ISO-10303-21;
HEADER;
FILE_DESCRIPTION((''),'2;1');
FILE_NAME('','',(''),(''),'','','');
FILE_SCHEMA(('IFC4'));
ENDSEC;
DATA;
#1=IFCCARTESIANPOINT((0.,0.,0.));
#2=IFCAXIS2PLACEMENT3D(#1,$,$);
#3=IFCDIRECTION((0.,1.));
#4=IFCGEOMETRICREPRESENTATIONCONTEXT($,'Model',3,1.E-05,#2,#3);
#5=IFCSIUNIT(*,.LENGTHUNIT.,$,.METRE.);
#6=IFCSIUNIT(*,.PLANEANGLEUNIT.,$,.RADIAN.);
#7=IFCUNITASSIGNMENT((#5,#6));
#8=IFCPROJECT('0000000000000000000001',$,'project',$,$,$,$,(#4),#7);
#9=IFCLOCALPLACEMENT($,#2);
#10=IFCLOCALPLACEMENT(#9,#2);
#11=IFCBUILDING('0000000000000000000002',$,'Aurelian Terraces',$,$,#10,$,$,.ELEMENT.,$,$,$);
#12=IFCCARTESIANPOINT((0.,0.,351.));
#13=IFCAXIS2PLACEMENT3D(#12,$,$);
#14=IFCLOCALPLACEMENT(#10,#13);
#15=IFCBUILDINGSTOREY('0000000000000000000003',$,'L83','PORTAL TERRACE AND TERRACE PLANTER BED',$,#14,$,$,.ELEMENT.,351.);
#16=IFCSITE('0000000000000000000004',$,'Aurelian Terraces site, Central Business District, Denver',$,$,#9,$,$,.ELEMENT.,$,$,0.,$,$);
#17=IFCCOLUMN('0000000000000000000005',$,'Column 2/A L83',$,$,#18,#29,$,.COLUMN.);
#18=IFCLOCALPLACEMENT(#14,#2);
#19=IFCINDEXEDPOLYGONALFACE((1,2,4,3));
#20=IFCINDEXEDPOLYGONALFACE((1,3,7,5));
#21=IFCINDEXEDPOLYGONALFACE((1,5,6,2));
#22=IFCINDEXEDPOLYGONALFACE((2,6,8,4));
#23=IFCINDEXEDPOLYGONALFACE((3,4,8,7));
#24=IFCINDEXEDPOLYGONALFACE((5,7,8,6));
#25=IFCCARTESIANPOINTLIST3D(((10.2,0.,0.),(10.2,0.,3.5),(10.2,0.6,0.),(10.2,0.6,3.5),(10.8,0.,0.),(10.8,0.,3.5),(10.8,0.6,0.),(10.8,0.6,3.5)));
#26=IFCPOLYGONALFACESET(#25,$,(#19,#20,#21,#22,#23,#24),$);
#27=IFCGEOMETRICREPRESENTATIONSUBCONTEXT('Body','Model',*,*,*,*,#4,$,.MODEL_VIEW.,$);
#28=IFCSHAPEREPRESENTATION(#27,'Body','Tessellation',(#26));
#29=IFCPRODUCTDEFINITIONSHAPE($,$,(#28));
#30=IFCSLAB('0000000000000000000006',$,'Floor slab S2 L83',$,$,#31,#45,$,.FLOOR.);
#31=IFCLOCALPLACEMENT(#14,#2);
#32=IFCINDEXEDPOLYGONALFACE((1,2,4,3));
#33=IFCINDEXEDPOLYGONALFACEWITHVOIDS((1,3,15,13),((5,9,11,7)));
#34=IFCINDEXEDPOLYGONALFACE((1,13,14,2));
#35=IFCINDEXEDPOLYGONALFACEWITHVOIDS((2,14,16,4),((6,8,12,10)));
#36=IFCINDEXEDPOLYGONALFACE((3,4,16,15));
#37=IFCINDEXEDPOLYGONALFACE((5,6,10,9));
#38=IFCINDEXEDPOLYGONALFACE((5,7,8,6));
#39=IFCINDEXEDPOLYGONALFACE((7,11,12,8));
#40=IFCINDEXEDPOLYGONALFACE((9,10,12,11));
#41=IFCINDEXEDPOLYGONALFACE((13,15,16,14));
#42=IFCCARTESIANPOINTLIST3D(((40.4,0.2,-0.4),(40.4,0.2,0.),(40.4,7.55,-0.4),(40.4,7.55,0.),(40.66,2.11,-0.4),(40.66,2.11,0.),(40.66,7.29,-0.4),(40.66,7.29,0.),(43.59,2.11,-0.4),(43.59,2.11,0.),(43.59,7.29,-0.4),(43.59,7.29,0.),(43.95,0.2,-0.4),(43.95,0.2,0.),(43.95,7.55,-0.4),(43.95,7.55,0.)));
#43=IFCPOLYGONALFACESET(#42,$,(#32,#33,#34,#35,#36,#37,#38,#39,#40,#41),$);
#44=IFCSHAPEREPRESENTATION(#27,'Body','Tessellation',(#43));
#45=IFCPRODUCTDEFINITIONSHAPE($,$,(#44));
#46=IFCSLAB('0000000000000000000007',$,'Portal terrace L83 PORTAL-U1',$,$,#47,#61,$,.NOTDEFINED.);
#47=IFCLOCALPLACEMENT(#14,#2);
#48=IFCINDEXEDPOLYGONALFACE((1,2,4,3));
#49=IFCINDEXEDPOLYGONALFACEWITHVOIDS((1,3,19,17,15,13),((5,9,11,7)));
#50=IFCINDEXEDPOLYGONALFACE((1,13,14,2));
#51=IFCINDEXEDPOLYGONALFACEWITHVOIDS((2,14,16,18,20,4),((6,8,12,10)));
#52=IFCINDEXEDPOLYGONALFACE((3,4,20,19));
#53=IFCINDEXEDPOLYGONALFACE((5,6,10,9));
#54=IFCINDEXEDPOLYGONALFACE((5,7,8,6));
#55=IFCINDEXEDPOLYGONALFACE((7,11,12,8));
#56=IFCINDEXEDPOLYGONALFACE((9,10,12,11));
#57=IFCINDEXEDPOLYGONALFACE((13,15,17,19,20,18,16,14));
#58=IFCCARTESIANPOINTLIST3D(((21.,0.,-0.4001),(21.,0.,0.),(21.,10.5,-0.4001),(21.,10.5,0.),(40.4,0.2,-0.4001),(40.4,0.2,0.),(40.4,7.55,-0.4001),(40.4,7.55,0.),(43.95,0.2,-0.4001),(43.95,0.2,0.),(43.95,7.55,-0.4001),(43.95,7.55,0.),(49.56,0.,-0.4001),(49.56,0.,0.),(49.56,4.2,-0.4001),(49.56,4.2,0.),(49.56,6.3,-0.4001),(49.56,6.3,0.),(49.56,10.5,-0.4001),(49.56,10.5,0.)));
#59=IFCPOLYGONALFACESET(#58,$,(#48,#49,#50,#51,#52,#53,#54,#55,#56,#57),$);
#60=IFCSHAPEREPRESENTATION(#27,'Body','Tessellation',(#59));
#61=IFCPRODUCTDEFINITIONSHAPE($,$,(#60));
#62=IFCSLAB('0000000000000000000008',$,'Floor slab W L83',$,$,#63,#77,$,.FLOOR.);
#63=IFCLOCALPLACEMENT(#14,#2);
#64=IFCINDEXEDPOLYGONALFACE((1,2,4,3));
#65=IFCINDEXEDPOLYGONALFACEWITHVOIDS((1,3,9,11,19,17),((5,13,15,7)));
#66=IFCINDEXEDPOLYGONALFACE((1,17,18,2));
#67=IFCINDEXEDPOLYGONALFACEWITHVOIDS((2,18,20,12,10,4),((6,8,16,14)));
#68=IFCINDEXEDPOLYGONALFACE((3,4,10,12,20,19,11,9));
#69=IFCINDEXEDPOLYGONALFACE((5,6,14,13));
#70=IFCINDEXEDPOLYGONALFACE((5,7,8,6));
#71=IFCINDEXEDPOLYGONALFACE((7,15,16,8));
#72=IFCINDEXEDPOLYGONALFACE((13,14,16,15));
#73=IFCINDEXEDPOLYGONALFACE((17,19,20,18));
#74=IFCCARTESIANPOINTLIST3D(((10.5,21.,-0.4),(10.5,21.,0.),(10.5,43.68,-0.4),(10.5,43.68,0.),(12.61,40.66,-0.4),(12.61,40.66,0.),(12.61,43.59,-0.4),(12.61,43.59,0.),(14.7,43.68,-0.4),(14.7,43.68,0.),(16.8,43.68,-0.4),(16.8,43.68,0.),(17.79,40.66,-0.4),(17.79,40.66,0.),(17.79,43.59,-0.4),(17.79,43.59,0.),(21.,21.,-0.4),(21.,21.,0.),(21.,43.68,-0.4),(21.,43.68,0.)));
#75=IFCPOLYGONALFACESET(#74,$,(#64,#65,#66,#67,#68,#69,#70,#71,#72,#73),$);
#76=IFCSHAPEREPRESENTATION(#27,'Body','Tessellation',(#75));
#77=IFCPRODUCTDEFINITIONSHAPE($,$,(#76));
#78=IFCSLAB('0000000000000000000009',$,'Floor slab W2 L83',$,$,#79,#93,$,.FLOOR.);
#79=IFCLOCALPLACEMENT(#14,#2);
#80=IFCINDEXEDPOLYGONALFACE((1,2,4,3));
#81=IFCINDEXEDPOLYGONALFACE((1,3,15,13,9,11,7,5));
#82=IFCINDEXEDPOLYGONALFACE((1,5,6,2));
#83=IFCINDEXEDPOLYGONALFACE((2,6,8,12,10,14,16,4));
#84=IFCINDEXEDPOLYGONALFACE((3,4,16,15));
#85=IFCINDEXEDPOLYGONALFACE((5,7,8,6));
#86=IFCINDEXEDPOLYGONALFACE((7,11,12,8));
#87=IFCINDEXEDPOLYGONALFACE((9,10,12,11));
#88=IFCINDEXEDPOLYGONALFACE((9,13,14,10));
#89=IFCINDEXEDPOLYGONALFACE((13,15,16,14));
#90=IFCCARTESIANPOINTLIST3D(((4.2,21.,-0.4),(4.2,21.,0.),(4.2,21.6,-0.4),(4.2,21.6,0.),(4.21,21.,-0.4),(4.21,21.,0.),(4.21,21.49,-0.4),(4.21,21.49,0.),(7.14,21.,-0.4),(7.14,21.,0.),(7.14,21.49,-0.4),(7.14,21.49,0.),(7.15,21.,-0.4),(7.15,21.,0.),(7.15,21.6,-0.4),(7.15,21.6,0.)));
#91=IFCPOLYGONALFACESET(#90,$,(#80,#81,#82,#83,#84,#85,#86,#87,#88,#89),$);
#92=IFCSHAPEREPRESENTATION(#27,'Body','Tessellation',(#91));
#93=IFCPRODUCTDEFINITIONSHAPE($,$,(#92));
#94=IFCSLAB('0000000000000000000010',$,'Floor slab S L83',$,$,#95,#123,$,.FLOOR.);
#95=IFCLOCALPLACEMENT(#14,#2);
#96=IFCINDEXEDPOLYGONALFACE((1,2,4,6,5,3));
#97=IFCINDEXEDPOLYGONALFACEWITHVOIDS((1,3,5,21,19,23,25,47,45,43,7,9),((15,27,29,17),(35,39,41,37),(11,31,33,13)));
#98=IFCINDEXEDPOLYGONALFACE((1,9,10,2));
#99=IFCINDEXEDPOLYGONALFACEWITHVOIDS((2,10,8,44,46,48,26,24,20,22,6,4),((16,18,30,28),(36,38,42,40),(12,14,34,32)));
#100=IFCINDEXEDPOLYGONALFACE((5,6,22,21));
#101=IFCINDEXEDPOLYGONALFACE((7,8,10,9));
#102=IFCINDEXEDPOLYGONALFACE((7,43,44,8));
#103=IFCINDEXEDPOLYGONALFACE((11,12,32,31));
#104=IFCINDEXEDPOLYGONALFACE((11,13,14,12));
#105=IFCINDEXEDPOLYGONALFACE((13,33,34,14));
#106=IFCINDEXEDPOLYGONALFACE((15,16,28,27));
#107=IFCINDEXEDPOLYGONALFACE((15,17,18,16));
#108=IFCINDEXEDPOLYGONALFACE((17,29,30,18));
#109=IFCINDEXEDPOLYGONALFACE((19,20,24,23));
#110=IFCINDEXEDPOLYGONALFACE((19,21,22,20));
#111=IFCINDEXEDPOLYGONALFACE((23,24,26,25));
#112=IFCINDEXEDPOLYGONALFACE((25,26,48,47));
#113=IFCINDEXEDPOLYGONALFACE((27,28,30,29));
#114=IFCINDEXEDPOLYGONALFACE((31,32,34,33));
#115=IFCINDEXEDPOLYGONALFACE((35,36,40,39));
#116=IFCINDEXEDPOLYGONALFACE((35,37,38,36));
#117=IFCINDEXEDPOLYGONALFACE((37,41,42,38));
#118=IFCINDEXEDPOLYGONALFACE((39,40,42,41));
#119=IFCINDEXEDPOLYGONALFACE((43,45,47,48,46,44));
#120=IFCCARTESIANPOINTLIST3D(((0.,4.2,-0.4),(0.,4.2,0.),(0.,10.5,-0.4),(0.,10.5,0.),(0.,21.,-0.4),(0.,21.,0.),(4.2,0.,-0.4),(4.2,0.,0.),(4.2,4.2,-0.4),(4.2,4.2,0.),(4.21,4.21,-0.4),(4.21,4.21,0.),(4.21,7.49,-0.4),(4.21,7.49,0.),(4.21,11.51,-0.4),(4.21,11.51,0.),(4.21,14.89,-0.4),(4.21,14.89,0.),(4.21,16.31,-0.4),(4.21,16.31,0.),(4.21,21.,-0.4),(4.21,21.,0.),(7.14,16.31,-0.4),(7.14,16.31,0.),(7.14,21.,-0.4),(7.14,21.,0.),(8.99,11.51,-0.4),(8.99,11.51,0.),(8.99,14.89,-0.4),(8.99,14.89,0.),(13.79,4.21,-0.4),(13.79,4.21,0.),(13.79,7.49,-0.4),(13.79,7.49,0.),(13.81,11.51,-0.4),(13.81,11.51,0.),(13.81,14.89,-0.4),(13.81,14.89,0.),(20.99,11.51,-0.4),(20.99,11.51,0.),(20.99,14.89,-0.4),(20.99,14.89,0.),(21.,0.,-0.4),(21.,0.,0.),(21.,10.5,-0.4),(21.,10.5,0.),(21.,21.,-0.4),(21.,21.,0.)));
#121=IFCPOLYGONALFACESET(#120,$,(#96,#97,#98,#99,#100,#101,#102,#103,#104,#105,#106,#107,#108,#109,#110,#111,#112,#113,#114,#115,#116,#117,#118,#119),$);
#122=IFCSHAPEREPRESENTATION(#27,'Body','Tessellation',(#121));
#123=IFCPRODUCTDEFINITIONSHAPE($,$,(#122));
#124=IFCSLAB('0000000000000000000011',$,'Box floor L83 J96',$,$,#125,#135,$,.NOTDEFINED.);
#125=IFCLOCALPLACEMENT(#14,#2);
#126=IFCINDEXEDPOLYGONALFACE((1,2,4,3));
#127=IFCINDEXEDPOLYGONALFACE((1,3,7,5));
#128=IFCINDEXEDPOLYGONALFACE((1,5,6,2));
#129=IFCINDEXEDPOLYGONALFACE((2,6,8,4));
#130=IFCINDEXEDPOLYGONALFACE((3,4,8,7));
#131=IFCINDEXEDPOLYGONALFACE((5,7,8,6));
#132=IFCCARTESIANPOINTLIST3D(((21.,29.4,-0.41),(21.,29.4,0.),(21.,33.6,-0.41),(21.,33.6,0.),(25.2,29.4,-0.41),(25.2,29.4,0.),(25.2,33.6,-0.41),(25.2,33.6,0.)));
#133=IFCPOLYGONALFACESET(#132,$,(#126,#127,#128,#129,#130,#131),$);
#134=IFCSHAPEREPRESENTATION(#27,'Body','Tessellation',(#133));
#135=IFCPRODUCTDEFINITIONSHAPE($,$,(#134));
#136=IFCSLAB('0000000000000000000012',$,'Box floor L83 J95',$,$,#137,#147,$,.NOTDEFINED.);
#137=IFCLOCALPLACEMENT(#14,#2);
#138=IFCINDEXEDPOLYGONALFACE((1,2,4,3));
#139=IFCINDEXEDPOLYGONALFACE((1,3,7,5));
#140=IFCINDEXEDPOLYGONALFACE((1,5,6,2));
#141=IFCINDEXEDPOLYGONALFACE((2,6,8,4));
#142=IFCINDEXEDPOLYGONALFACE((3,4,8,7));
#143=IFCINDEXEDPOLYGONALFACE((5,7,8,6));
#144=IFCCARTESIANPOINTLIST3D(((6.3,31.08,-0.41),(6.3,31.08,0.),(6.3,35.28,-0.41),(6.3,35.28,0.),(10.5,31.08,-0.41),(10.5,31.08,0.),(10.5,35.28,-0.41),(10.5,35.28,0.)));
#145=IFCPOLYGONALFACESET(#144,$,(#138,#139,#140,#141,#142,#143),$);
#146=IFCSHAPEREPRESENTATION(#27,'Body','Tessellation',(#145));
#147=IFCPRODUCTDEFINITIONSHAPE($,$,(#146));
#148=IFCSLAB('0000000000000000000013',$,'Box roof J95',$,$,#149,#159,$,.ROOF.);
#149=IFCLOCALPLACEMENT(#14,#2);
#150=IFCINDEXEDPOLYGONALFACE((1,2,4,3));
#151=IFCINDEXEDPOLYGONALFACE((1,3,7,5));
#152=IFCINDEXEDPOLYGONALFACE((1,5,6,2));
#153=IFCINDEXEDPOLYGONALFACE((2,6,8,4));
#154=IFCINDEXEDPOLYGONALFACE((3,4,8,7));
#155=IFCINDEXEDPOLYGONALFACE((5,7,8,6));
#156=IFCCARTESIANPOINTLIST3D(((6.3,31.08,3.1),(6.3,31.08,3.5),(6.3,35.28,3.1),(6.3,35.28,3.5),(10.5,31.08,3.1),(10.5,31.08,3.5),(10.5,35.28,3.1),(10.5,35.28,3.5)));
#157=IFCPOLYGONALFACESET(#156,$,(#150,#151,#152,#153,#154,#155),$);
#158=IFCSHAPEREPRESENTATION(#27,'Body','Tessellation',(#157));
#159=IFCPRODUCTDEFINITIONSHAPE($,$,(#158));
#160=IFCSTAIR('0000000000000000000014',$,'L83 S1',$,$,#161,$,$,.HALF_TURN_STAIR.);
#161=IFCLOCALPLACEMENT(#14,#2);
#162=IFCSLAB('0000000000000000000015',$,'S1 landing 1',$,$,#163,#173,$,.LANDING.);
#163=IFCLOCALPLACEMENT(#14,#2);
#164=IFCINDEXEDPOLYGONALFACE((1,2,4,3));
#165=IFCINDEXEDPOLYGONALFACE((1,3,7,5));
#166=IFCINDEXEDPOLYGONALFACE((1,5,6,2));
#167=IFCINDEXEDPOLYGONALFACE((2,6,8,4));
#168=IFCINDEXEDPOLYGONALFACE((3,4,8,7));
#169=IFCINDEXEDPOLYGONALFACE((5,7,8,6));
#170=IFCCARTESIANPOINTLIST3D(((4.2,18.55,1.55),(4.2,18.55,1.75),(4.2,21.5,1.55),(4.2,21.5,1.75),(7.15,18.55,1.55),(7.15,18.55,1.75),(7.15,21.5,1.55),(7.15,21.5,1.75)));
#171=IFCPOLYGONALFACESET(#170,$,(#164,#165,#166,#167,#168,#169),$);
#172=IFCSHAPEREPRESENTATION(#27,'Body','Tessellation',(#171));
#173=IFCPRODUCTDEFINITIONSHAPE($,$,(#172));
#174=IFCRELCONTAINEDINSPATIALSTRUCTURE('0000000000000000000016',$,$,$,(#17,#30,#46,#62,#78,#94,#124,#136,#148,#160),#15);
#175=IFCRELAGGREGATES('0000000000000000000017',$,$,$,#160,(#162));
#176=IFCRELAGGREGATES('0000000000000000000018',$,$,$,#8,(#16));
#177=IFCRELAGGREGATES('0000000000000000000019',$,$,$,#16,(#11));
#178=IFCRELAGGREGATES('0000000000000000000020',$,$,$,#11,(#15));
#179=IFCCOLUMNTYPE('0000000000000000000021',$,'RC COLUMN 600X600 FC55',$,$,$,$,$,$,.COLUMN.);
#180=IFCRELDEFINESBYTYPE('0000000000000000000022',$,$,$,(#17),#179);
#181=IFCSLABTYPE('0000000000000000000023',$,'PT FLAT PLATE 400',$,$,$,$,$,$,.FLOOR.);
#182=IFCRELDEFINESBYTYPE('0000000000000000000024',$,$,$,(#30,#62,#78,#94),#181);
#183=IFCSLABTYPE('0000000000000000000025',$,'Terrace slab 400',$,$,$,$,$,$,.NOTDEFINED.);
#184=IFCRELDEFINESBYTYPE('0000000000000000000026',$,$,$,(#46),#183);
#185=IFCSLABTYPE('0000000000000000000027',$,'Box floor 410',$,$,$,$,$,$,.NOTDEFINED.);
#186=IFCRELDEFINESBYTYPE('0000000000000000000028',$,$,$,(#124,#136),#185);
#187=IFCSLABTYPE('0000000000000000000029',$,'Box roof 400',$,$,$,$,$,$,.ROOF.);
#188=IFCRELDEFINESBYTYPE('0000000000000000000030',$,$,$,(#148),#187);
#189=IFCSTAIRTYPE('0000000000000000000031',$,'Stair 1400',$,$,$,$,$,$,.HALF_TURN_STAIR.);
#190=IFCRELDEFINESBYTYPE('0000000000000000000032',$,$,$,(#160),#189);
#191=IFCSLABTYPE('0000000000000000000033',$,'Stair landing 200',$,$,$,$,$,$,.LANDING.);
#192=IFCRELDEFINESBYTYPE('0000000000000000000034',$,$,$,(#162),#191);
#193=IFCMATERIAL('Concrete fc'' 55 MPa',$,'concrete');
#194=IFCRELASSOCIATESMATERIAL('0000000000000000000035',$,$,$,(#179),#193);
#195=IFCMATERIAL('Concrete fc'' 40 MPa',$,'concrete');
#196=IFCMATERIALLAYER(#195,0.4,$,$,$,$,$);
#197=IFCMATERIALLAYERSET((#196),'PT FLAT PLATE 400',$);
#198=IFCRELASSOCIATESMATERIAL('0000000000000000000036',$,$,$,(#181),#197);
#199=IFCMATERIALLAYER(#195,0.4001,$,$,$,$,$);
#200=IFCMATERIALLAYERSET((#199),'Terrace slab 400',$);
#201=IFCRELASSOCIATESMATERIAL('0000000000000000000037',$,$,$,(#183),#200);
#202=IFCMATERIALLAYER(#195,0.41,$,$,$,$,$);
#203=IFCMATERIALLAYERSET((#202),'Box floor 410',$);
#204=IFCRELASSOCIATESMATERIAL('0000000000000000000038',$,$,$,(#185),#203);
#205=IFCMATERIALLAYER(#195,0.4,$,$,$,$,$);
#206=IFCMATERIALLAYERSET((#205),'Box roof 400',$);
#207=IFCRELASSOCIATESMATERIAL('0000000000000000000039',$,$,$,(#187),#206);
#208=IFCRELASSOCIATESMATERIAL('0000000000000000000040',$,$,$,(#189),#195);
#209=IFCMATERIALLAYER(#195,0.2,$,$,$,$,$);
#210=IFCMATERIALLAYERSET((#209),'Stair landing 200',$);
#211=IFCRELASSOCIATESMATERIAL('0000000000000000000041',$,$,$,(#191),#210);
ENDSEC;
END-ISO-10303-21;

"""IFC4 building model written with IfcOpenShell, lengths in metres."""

from ifc_helpers import new_model, si_unit, direction, frame, origin, origin_2d, place, context, subcontext, project, spatial, polyline, rectangle, outline, extrude, source, transform, mapped, material, layer, layer_set, material_profile, profile_set, type_object, element, aggregate, save


model = new_model("IFC4")

# Units and contexts
model_context = context("Model", 3, precision=1e-05, world=origin(), true_north=direction((0.0, 1.0)))
body_context = subcontext(model_context, "Body", "Model", "MODEL_VIEW")
ifc_project = project(units=[si_unit("LENGTHUNIT", "METRE"), si_unit("PLANEANGLEUNIT", "RADIAN")], contexts=[model_context])

# Site, building, storey
site_placement = place(None, origin())
site = spatial("IfcSite", under=ifc_project, at=site_placement, Name="Aurelian Terraces site, Central Business District, Denver", CompositionType="ELEMENT", RefElevation=0.0)
building_placement = place(site_placement, origin())
building = spatial("IfcBuilding", under=site, at=building_placement, Name="Aurelian Terraces", CompositionType="ELEMENT")
storey_placement = place(building_placement, frame((0.0, 0.0, 351.0)))
storey = spatial("IfcBuildingStorey", under=building, at=storey_placement, Name="L83", Description="PORTAL TERRACE AND TERRACE PLANTER BED", CompositionType="ELEMENT", Elevation=351.0)

# Column
ifc_material_1 = material(Name="Concrete fc' 55 MPa", Category="concrete")
ifc_material_profile = material_profile(ifc_material_1, rectangle(XDim=0.6, YDim=0.6, at=origin_2d()))
ifc_profile_set = profile_set([ifc_material_profile], Name="Concrete fc' 55 MPa")
column_type = type_object("IfcColumnType", Name="RC COLUMN 600X600 FC55", PredefinedType="COLUMN", material=ifc_profile_set)
shared_shape_1 = source(origin(), body_context, "Body", "SweptSolid", [
    extrude(rectangle(XDim=0.6, YDim=0.6, at=origin_2d()), origin(), (0.0, 0.0, 1.0), 3.5),
])
column_placement = place(storey_placement, frame((10.5, 0.3, 0.0), z_axis=(0.0, 0.0, 1.0), x_axis=(1.0, 0.0, 0.0)))
element("IfcColumn", 1, at=column_placement, inside=storey, type_object=column_type, Name="Column 2/A L83", PredefinedType="COLUMN", context=body_context, shape_type="MappedRepresentation", body=[
    mapped(shared_shape_1, transform((0.0, 0.0, 0.0), scale=1.0)),
])

# Slabs
ifc_material_2 = material(Name="Concrete fc' 40 MPa", Category="concrete")
ifc_layer_1 = layer(ifc_material_2, 0.4)
ifc_layer_set_1 = layer_set([ifc_layer_1], Name="PT FLAT PLATE 400")
slab_type_1 = type_object("IfcSlabType", Name="PT FLAT PLATE 400", PredefinedType="FLOOR", material=ifc_layer_set_1)
slab_1_placement = place(storey_placement, frame((0.0, 0.0, -0.4)))
element("IfcSlab", 2, at=slab_1_placement, inside=storey, type_object=slab_type_1, Name="Floor slab S2 L83", PredefinedType="FLOOR", context=body_context, shape_type="SweptSolid", body=[
    extrude(outline(polyline([(40.4, 7.55), (43.95, 7.55), (43.95, 0.2), (40.4, 0.2), (40.4, 7.55)]), holes=[polyline([(40.66, 2.11), (43.59, 2.11), (43.59, 7.29), (40.66, 7.29), (40.66, 2.11)])]), origin(), (0.0, 0.0, 1.0), 0.4),
])
ifc_layer_2 = layer(ifc_material_2, 0.4001)
ifc_layer_set_2 = layer_set([ifc_layer_2], Name="Terrace slab 400")
slab_type_2 = type_object("IfcSlabType", Name="Terrace slab 400", PredefinedType="NOTDEFINED", material=ifc_layer_set_2)
slab_2_placement = place(storey_placement, frame((0.0, 0.0, -0.4001)))
element("IfcSlab", 3, at=slab_2_placement, inside=storey, type_object=slab_type_2, Name="Portal terrace L83 PORTAL-U1", PredefinedType="NOTDEFINED", context=body_context, shape_type="SweptSolid", body=[
    extrude(outline(polyline([(49.56, 4.2), (49.56, 0.0), (21.0, 0.0), (21.0, 10.5), (49.56, 10.5), (49.56, 6.3), (49.56, 4.2)]), holes=[polyline([(43.95, 7.55), (40.4, 7.55), (40.4, 0.2), (43.95, 0.2), (43.95, 7.55)])]), origin(), (0.0, 0.0, 1.0), 0.4001),
])
shared_shape_2 = source(origin(), body_context, "Body", "SweptSolid", [
    extrude(outline(polyline([(10.5, 43.68), (14.7, 43.68), (16.8, 43.68), (21.0, 43.68), (21.0, 21.0), (10.5, 21.0), (10.5, 43.68)]), holes=[polyline([(17.79, 43.59), (12.61, 43.59), (12.61, 40.66), (17.79, 40.66), (17.79, 43.59)])]), origin(), (0.0, 0.0, 1.0), 0.4),
])
slab_3_placement = place(storey_placement, frame((0.0, 0.0, -0.4)))
element("IfcSlab", 4, at=slab_3_placement, inside=storey, type_object=slab_type_1, Name="Floor slab W L83", PredefinedType="FLOOR", context=body_context, shape_type="MappedRepresentation", body=[
    mapped(shared_shape_2, transform((0.0, 0.0, 0.0), scale=1.0)),
])
shared_shape_3 = source(origin(), body_context, "Body", "SweptSolid", [
    extrude(outline(polyline([(4.2, 21.0), (4.2, 21.6), (7.15, 21.6), (7.15, 21.0), (7.14, 21.0), (7.14, 21.49), (4.21, 21.49), (4.21, 21.0), (4.2, 21.0)])), origin(), (0.0, 0.0, 1.0), 0.4),
])
slab_4_placement = place(storey_placement, frame((0.0, 0.0, -0.4)))
element("IfcSlab", 5, at=slab_4_placement, inside=storey, type_object=slab_type_1, Name="Floor slab W2 L83", PredefinedType="FLOOR", context=body_context, shape_type="MappedRepresentation", body=[
    mapped(shared_shape_3, transform((0.0, 0.0, 0.0), scale=1.0)),
])
shared_shape_4 = source(origin(), body_context, "Body", "SweptSolid", [
    extrude(outline(polyline([(4.2, 4.2), (0.0, 4.2), (0.0, 10.5), (0.0, 21.0), (4.21, 21.0), (4.21, 16.31), (7.14, 16.31), (7.14, 21.0), (21.0, 21.0), (21.0, 10.5), (21.0, 0.0), (4.2, 0.0), (4.2, 4.2)]), holes=[polyline([(13.81, 14.89), (13.81, 11.51), (20.99, 11.51), (20.99, 14.89), (13.81, 14.89)]), polyline([(4.21, 7.49), (4.21, 4.21), (13.79, 4.21), (13.79, 7.49), (4.21, 7.49)]), polyline([(8.99, 11.51), (8.99, 14.89), (4.21, 14.89), (4.21, 11.51), (8.99, 11.51)])]), origin(), (0.0, 0.0, 1.0), 0.4),
])
slab_5_placement = place(storey_placement, frame((0.0, 0.0, -0.4)))
element("IfcSlab", 6, at=slab_5_placement, inside=storey, type_object=slab_type_1, Name="Floor slab S L83", PredefinedType="FLOOR", context=body_context, shape_type="MappedRepresentation", body=[
    mapped(shared_shape_4, transform((0.0, 0.0, 0.0), scale=1.0)),
])
ifc_layer_3 = layer(ifc_material_2, 0.41)
ifc_layer_set_3 = layer_set([ifc_layer_3], Name="Box floor 410")
slab_type_3 = type_object("IfcSlabType", Name="Box floor 410", PredefinedType="NOTDEFINED", material=ifc_layer_set_3)
shared_shape_5 = source(origin(), body_context, "Body", "SweptSolid", [
    extrude(outline(polyline([(25.2, 29.4), (25.2, 33.6), (21.0, 33.6), (21.0, 29.4), (25.2, 29.4)])), origin(), (0.0, 0.0, 1.0), 0.41),
])
slab_6_placement = place(storey_placement, frame((0.0, 0.0, -0.41)))
element("IfcSlab", 7, at=slab_6_placement, inside=storey, type_object=slab_type_3, Name="Box floor L83 J96", PredefinedType="NOTDEFINED", context=body_context, shape_type="MappedRepresentation", body=[
    mapped(shared_shape_5, transform((0.0, 0.0, 0.0), scale=1.0)),
])
shared_shape_6 = source(origin(), body_context, "Body", "SweptSolid", [
    extrude(outline(polyline([(6.3, 35.28), (6.3, 31.08), (10.5, 31.08), (10.5, 35.28), (6.3, 35.28)])), origin(), (0.0, 0.0, 1.0), 0.41),
])
slab_7_placement = place(storey_placement, frame((0.0, 0.0, -0.41)))
element("IfcSlab", 8, at=slab_7_placement, inside=storey, type_object=slab_type_3, Name="Box floor L83 J95", PredefinedType="NOTDEFINED", context=body_context, shape_type="MappedRepresentation", body=[
    mapped(shared_shape_6, transform((0.0, 0.0, 0.0), scale=1.0)),
])
ifc_layer_4 = layer(ifc_material_2, 0.4)
ifc_layer_set_4 = layer_set([ifc_layer_4], Name="Box roof 400")
slab_type_4 = type_object("IfcSlabType", Name="Box roof 400", PredefinedType="ROOF", material=ifc_layer_set_4)
shared_shape_7 = source(origin(), body_context, "Body", "SweptSolid", [
    extrude(outline(polyline([(6.3, 35.28), (6.3, 31.08), (10.5, 31.08), (10.5, 35.28), (6.3, 35.28)])), origin(), (0.0, 0.0, 1.0), 0.4),
])
slab_8_placement = place(storey_placement, frame((0.0, 0.0, 3.1)))
element("IfcSlab", 9, at=slab_8_placement, inside=storey, type_object=slab_type_4, Name="Box roof J95", PredefinedType="ROOF", context=body_context, shape_type="MappedRepresentation", body=[
    mapped(shared_shape_7, transform((0.0, 0.0, 0.0), scale=1.0)),
])

# Stair, slab
stair_type = type_object("IfcStairType", Name="Stair 1400", PredefinedType="HALF_TURN_STAIR", material=ifc_material_2)
stair_1_placement = place(storey_placement, origin())
stair_1 = element("IfcStair", 10, at=stair_1_placement, inside=storey, type_object=stair_type, Name="L83 S1", PredefinedType="HALF_TURN_STAIR")
ifc_layer_5 = layer(ifc_material_2, 0.2)
ifc_layer_set_5 = layer_set([ifc_layer_5], Name="Stair landing 200")
slab_type_5 = type_object("IfcSlabType", Name="Stair landing 200", PredefinedType="LANDING", material=ifc_layer_set_5)
shared_shape_8 = source(origin(), body_context, "Body", "SweptSolid", [
    extrude(outline(polyline([(7.15, 18.55), (7.15, 21.5), (4.2, 21.5), (4.2, 18.55), (7.15, 18.55)])), origin(), (0.0, 0.0, 1.0), 0.2),
])
slab_9_placement = place(storey_placement, frame((0.0, 0.0, 1.55)))
slab_9 = element("IfcSlab", 11, at=slab_9_placement, type_object=slab_type_5, Name="S1 landing 1", PredefinedType="LANDING", context=body_context, shape_type="MappedRepresentation", body=[
    mapped(shared_shape_8, transform((0.0, 0.0, 0.0), scale=1.0)),
])
aggregate(stair_1, [slab_9])

save(model, "model.ifc")
